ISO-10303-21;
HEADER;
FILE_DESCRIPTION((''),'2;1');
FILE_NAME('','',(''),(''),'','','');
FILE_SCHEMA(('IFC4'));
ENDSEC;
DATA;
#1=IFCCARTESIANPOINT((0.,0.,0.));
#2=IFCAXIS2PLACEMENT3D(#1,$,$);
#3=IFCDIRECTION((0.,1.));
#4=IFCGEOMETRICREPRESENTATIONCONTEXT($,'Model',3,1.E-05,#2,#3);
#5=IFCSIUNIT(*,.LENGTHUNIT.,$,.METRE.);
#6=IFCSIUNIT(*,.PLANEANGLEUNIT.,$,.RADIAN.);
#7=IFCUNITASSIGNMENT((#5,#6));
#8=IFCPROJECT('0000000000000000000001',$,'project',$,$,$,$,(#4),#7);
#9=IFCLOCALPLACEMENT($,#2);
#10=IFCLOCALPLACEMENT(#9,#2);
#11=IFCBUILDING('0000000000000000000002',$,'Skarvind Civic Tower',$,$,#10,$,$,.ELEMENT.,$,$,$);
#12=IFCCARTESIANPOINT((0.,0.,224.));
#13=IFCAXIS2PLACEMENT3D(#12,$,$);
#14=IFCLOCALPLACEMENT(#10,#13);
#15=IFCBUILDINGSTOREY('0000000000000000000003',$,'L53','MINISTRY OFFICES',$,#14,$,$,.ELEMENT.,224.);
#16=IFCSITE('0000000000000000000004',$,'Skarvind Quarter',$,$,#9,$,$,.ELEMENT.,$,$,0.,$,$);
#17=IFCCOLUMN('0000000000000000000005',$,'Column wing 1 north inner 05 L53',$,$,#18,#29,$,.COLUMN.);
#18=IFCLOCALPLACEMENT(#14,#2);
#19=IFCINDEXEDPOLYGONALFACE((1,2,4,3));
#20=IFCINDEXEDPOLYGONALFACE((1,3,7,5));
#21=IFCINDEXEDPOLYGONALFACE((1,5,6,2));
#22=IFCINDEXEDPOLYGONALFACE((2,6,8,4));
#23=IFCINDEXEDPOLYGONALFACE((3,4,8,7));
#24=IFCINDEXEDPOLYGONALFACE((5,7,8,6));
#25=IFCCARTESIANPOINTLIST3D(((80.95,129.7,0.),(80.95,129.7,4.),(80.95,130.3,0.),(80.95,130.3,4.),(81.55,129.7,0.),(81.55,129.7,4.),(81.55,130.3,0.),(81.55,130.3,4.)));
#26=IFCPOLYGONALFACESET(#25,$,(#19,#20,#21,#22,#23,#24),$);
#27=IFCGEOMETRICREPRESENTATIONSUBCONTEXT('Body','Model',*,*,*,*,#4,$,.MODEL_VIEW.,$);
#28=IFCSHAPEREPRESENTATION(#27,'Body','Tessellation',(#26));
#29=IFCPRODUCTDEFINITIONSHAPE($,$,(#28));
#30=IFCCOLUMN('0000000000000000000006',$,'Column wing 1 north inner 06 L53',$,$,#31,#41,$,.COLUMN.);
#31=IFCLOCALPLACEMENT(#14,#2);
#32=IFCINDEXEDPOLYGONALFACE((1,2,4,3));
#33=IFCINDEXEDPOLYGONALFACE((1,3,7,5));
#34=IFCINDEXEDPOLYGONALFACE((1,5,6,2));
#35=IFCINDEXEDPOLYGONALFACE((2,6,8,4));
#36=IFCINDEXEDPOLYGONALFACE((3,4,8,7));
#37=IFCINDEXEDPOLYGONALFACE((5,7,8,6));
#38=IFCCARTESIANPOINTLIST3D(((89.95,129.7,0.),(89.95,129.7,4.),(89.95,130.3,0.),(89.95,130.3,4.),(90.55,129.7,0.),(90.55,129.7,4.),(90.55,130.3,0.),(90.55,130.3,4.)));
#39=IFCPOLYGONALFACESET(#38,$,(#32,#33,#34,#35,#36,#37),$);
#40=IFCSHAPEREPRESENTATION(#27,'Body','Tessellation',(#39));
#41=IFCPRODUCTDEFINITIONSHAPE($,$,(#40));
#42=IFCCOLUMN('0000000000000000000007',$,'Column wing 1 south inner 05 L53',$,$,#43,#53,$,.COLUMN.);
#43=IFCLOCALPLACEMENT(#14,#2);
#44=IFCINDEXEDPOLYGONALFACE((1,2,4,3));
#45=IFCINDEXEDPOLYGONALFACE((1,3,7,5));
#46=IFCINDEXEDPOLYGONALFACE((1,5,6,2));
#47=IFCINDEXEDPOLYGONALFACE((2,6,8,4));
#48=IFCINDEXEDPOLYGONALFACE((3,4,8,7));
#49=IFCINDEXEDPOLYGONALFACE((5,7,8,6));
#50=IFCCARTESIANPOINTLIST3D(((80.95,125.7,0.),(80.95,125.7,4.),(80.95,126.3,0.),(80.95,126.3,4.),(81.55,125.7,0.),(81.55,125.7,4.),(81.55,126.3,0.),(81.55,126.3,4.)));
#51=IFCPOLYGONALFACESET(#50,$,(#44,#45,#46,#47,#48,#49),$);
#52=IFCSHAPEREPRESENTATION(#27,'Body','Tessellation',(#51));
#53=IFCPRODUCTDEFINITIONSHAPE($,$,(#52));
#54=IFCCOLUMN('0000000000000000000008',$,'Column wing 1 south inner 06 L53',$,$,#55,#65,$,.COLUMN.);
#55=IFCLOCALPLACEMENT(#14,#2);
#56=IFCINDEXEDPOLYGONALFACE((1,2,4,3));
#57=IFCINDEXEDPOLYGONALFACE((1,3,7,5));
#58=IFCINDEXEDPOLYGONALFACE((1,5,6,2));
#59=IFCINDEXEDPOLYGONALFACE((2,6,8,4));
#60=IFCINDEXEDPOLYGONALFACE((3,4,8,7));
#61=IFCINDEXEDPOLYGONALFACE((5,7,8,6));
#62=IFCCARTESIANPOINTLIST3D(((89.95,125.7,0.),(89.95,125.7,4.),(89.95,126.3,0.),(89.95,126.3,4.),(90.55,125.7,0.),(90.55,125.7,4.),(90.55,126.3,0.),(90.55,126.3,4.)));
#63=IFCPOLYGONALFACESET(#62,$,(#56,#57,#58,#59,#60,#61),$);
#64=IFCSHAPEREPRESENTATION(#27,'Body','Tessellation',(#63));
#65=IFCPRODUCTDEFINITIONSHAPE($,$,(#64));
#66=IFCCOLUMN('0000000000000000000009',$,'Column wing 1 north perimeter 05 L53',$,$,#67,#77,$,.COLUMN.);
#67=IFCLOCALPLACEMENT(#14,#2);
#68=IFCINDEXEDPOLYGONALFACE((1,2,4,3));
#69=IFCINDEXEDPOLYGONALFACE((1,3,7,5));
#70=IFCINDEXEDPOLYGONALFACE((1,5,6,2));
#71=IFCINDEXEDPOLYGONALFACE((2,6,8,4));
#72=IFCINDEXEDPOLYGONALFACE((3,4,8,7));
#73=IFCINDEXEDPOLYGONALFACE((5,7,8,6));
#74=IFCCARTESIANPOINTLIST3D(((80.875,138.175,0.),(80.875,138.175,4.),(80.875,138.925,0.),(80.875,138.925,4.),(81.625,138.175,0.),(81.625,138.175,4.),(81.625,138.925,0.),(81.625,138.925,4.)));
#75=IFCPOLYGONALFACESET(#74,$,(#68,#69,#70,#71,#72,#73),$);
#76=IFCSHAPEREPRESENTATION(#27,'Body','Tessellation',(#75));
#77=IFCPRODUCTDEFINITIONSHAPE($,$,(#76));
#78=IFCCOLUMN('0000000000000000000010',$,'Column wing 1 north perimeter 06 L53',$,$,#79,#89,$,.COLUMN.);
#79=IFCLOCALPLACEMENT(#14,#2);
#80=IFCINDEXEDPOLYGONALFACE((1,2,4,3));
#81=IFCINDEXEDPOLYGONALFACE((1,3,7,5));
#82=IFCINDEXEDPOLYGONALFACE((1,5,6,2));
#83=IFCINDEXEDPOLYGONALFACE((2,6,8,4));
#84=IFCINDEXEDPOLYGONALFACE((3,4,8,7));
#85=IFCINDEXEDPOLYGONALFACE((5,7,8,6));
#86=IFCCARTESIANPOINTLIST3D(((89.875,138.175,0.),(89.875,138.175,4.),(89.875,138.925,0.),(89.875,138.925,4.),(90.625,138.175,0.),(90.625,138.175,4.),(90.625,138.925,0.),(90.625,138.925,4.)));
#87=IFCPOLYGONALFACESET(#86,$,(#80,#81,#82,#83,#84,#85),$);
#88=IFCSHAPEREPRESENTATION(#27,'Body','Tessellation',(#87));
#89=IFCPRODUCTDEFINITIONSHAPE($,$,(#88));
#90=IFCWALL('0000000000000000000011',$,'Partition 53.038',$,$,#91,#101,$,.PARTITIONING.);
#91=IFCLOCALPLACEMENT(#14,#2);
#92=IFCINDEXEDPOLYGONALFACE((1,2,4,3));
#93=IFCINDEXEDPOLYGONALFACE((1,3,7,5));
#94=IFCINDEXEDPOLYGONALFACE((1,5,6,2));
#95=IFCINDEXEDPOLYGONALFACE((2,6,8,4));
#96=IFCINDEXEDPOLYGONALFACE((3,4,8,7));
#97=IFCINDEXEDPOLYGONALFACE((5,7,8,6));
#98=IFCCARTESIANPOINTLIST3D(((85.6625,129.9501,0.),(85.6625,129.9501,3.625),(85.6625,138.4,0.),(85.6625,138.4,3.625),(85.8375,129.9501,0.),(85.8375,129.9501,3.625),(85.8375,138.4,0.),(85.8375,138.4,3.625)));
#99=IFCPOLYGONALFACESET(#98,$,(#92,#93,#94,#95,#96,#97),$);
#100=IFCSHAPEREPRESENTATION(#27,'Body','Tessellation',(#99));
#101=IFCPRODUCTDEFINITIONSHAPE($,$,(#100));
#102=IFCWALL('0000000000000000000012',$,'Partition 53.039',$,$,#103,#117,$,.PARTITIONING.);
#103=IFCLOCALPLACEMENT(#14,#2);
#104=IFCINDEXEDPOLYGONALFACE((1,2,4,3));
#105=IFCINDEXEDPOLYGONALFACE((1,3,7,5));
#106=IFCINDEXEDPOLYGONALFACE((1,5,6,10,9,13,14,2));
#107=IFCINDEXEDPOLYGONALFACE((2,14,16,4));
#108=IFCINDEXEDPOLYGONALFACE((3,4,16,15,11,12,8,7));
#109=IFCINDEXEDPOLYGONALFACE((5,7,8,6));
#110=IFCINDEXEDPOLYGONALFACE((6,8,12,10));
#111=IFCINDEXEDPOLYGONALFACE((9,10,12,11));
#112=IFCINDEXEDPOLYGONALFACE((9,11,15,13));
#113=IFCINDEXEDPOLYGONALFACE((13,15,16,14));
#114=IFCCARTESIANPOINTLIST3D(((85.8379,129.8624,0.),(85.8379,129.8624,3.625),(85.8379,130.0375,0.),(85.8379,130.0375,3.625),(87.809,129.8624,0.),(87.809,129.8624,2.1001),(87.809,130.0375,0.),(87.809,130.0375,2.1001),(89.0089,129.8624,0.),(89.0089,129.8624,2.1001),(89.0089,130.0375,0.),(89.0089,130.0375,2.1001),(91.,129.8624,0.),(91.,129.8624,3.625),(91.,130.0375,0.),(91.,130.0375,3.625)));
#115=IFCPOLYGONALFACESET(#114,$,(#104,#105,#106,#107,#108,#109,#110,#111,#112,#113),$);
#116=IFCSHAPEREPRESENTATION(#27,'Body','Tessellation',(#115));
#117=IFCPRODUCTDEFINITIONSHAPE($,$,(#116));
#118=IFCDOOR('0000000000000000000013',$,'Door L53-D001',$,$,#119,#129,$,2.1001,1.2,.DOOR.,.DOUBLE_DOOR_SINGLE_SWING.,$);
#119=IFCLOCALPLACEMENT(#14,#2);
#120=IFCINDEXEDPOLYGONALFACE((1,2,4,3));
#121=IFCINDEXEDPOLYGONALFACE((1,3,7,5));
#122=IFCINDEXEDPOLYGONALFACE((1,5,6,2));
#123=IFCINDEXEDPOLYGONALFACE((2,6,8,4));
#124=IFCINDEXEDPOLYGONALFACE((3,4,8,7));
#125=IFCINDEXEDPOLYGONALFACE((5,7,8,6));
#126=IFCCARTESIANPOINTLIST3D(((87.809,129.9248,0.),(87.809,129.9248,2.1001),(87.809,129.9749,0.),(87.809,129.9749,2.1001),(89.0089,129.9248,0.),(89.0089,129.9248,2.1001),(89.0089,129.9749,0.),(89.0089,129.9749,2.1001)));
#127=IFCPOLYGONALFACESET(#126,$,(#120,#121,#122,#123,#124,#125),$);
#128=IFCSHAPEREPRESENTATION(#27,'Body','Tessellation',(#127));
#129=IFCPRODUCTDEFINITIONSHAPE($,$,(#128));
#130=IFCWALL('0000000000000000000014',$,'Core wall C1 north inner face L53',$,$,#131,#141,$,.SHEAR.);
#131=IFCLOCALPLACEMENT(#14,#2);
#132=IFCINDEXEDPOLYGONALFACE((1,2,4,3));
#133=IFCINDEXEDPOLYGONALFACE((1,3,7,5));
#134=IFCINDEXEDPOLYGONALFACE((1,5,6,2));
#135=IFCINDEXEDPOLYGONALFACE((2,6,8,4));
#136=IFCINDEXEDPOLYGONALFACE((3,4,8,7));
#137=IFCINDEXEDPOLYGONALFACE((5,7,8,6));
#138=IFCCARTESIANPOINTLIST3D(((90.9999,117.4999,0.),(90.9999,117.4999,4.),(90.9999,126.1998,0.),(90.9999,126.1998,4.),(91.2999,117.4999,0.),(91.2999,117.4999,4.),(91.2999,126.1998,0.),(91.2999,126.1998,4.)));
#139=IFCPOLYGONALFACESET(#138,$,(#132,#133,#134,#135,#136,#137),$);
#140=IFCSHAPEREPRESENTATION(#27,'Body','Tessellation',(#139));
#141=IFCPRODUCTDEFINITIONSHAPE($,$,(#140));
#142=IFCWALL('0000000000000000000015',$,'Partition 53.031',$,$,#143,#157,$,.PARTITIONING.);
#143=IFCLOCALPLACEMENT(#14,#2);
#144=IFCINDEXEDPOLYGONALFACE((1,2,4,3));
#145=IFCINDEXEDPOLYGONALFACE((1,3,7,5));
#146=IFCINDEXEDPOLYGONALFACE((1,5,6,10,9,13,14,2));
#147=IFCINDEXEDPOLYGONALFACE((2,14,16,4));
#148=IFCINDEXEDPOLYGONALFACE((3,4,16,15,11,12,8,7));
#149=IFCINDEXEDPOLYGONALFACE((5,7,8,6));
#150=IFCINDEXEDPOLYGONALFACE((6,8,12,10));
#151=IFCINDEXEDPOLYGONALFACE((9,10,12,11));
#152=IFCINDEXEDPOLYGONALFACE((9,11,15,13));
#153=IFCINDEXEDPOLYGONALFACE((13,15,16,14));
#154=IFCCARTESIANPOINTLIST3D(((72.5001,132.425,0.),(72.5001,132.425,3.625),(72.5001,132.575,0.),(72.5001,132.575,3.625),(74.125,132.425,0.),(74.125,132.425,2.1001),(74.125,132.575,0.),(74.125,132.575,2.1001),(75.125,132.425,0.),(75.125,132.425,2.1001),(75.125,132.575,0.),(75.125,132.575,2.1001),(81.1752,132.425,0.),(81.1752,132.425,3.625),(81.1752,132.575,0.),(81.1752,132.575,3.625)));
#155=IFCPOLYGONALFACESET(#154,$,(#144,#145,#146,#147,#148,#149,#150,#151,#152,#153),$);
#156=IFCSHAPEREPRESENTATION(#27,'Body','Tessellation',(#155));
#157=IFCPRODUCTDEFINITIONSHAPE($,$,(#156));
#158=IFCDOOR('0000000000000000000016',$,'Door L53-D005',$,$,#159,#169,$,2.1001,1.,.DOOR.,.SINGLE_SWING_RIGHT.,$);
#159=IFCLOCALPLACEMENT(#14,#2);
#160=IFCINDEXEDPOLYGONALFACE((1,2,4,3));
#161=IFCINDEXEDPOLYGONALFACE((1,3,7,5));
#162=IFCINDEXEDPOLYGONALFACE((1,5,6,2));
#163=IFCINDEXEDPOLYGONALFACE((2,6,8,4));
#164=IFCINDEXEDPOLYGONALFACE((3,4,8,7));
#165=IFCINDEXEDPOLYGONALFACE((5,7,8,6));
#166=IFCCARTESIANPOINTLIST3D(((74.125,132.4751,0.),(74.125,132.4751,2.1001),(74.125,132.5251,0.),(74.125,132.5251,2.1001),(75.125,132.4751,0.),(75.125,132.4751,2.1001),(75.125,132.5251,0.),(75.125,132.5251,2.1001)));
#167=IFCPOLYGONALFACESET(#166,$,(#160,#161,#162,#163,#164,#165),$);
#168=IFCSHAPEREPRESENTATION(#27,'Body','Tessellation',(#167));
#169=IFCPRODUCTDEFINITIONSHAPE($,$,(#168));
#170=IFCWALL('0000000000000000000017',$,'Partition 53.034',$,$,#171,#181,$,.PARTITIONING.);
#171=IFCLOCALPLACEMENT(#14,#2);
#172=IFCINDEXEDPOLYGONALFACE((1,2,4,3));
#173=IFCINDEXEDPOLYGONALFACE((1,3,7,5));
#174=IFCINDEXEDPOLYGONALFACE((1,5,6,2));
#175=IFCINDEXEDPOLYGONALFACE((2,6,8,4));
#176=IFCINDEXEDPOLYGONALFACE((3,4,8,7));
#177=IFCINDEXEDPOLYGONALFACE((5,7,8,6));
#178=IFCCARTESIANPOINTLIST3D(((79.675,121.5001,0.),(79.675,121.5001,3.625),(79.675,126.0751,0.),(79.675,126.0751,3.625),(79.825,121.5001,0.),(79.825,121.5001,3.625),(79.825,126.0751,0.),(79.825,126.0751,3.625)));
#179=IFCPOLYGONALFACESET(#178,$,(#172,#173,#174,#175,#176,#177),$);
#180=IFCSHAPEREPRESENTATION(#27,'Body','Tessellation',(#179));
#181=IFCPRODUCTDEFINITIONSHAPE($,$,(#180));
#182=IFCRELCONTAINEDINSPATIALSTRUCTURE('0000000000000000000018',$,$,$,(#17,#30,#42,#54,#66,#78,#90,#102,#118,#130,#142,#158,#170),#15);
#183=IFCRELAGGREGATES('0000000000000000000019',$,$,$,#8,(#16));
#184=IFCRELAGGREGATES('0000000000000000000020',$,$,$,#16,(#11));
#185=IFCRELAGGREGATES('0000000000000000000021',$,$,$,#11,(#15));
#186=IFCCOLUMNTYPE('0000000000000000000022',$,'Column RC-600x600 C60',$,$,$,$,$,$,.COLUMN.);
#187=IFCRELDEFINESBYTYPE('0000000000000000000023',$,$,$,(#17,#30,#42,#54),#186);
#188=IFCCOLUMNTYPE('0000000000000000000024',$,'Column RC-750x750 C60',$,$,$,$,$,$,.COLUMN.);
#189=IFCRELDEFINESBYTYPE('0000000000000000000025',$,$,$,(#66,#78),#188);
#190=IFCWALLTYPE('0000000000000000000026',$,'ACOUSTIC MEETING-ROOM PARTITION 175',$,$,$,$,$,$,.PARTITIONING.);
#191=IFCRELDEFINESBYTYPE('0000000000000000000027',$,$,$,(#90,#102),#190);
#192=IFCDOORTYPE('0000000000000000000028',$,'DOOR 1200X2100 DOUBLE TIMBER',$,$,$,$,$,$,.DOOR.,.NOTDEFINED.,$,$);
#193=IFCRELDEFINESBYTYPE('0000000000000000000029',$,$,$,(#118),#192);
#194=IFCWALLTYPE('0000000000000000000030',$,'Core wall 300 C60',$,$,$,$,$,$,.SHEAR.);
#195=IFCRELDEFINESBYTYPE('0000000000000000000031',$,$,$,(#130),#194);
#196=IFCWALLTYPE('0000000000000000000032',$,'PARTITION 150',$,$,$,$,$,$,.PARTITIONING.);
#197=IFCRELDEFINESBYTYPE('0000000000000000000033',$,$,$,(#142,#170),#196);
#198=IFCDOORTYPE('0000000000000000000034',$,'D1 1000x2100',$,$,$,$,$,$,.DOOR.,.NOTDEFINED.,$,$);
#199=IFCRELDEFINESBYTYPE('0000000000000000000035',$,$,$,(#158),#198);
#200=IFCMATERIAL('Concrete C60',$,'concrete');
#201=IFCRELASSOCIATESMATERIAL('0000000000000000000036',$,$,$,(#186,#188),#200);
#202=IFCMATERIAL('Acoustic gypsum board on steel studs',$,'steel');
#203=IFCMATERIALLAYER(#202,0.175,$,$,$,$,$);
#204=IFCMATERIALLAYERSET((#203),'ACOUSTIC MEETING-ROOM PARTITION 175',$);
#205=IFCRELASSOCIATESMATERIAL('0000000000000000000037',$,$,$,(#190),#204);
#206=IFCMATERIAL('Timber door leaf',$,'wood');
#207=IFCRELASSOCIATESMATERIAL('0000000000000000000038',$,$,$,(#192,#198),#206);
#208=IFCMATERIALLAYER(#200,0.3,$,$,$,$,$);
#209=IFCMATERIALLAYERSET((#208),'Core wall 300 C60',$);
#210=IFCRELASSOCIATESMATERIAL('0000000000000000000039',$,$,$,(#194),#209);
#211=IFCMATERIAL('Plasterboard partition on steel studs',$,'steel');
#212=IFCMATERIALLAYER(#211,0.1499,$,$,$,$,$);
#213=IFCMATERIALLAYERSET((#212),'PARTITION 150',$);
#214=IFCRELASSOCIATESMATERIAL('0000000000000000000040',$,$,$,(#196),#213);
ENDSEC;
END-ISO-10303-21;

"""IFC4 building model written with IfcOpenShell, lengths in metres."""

from ifc_helpers import new_model, si_unit, direction, frame, frame_2d, origin, origin_2d, place, context, subcontext, project, spatial, rectangle, extrude, material, layer, layer_set, material_profile, profile_set, type_object, element, fill, save


model = new_model("IFC4")

# Units and contexts
model_context = context("Model", 3, precision=1e-05, world=origin(), true_north=direction((0.0, 1.0)))
body_context = subcontext(model_context, "Body", "Model", "MODEL_VIEW")
ifc_project = project(units=[si_unit("LENGTHUNIT", "METRE"), si_unit("PLANEANGLEUNIT", "RADIAN")], contexts=[model_context])

# Site, building, storey
site_placement = place(None, origin())
site = spatial("IfcSite", under=ifc_project, at=site_placement, Name="Skarvind Quarter", CompositionType="ELEMENT", RefElevation=0.0)
building_placement = place(site_placement, origin())
building = spatial("IfcBuilding", under=site, at=building_placement, Name="Skarvind Civic Tower", CompositionType="ELEMENT")
storey_placement = place(building_placement, frame((0.0, 0.0, 224.0)))
storey = spatial("IfcBuildingStorey", under=building, at=storey_placement, Name="L53", Description="MINISTRY OFFICES", CompositionType="ELEMENT", Elevation=224.0)

# Columns
ifc_material_1 = material(Name="Concrete C60", Category="concrete")
ifc_material_profile_1 = material_profile(ifc_material_1, rectangle(XDim=0.6001, YDim=0.6001, at=origin_2d()), Name="RC-600x600")
ifc_profile_set_1 = profile_set([ifc_material_profile_1], Name="Concrete C60")
column_type_1 = type_object("IfcColumnType", Name="Column RC-600x600 C60", PredefinedType="COLUMN", material=ifc_profile_set_1)
for number, where, z_axis, x_axis, name in (
    (1, (81.25, 130.0, 0.0), (0.0, 0.0, 1.0), (1.0, 0.0, 0.0), "Column wing 1 north inner 05 L53"),
    (2, (90.25, 130.0, 0.0), (0.0, 0.0, 1.0), (1.0, 0.0, 0.0), "Column wing 1 north inner 06 L53"),
    (3, (81.25, 126.0, 0.0), (0.0, 0.0, 1.0), (1.0, 0.0, 0.0), "Column wing 1 south inner 05 L53"),
    (4, (90.25, 126.0, 0.0), (0.0, 0.0, 1.0), (1.0, 0.0, 0.0), "Column wing 1 south inner 06 L53"),
):
    element("IfcColumn", number, at=place(storey_placement, frame(where, z_axis=z_axis, x_axis=x_axis)), inside=storey, type_object=column_type_1, Name=name, PredefinedType="COLUMN", context=body_context, shape_type="SweptSolid", body=[
        extrude(rectangle(XDim=0.6001, YDim=0.6001, at=origin_2d()), origin(), (0.0, 0.0, 1.0), 4.0),
    ])
ifc_material_profile_2 = material_profile(ifc_material_1, rectangle(XDim=0.75, YDim=0.75, at=origin_2d()), Name="RC-750x750")
ifc_profile_set_2 = profile_set([ifc_material_profile_2], Name="Concrete C60")
column_type_2 = type_object("IfcColumnType", Name="Column RC-750x750 C60", PredefinedType="COLUMN", material=ifc_profile_set_2)
for number, where, z_axis, x_axis, name in (
    (5, (81.25, 138.55, 0.0), (0.0, 0.0, 1.0), (1.0, 0.0, 0.0), "Column wing 1 north perimeter 05 L53"),
    (6, (90.25, 138.55, 0.0), (0.0, 0.0, 1.0), (1.0, 0.0, 0.0), "Column wing 1 north perimeter 06 L53"),
):
    element("IfcColumn", number, at=place(storey_placement, frame(where, z_axis=z_axis, x_axis=x_axis)), inside=storey, type_object=column_type_2, Name=name, PredefinedType="COLUMN", context=body_context, shape_type="SweptSolid", body=[
        extrude(rectangle(XDim=0.75, YDim=0.75, at=origin_2d()), origin(), (0.0, 0.0, 1.0), 4.0),
    ])

# Wall
ifc_material_2 = material(Name="Acoustic gypsum board on steel studs", Category="steel")
ifc_layer_1 = layer(ifc_material_2, 0.175)
ifc_layer_set_1 = layer_set([ifc_layer_1], Name="ACOUSTIC MEETING-ROOM PARTITION 175")
wall_type_1 = type_object("IfcWallType", Name="ACOUSTIC MEETING-ROOM PARTITION 175", PredefinedType="PARTITIONING", material=ifc_layer_set_1)
wall_1_placement = place(storey_placement, frame((85.75, 129.95, 0.0), z_axis=(0.0, 0.0, 1.0), x_axis=(0.0, 1.0, 0.0)))
element("IfcWall", 7, at=wall_1_placement, inside=storey, type_object=wall_type_1, Name="Partition 53.038", PredefinedType="PARTITIONING", context=body_context, shape_type="SweptSolid", body=[
    extrude(rectangle(XDim=8.45, YDim=0.175, at=frame_2d((4.2251, 0.0))), origin(), (0.0, 0.0, 1.0), 3.625),
])

# Wall, opening, door
wall_2_placement = place(storey_placement, frame((85.8379, 129.95, 0.0), z_axis=(0.0, 0.0, 1.0), x_axis=(1.0, 0.0, 0.0)))
wall_2 = element("IfcWall", 8, at=wall_2_placement, inside=storey, type_object=wall_type_1, Name="Partition 53.039", PredefinedType="PARTITIONING", context=body_context, shape_type="SweptSolid", body=[
    extrude(rectangle(XDim=5.1621, YDim=0.175, at=frame_2d((2.5811, 0.0))), origin(), (0.0, 0.0, 1.0), 3.625),
])
opening_1_placement = place(wall_2_placement, frame((1.9709, 0.0, 0.0)))
opening_1 = element("IfcOpeningElement", 9, at=opening_1_placement, cuts=wall_2, PredefinedType="OPENING", context=body_context, shape_type="SweptSolid", body=[
    extrude(rectangle(XDim=1.2, YDim=2.1001, at=frame_2d((0.6001, 1.05))), frame((0.0, 0.0974, 0.0), z_axis=(0.0, -1.0, 0.0), x_axis=(1.0, 0.0, 0.0)), (0.0, 0.0, 1.0), 0.1951),
])
ifc_material_3 = material(Name="Timber door leaf", Category="wood")
door_type_1 = type_object("IfcDoorType", Name="DOOR 1200X2100 DOUBLE TIMBER", OperationType="NOTDEFINED", PredefinedType="DOOR", material=ifc_material_3)
door_1_placement = place(opening_1_placement, origin())
door_1 = element("IfcDoor", 10, at=door_1_placement, inside=storey, type_object=door_type_1, Name="Door L53-D001", OperationType="DOUBLE_DOOR_SINGLE_SWING", OverallHeight=2.1001, OverallWidth=1.2, PredefinedType="DOOR", context=body_context, shape_type="SweptSolid", body=[
    extrude(rectangle(XDim=1.2, YDim=2.1001, at=frame_2d((0.6001, 1.05))), frame((0.0, 0.0249, 0.0), z_axis=(0.0, -1.0, 0.0), x_axis=(1.0, 0.0, 0.0)), (0.0, 0.0, 1.0), 0.05),
])
fill(opening_1, door_1)

# Wall
ifc_layer_2 = layer(ifc_material_1, 0.3)
ifc_layer_set_2 = layer_set([ifc_layer_2], Name="Core wall 300 C60")
wall_type_2 = type_object("IfcWallType", Name="Core wall 300 C60", PredefinedType="SHEAR", material=ifc_layer_set_2)
wall_3_placement = place(storey_placement, frame((91.1499, 126.2, 0.0), z_axis=(0.0, 0.0, 1.0), x_axis=(0.0, -1.0, 0.0)))
element("IfcWall", 11, at=wall_3_placement, inside=storey, type_object=wall_type_2, Name="Core wall C1 north inner face L53", PredefinedType="SHEAR", context=body_context, shape_type="SweptSolid", body=[
    extrude(rectangle(XDim=8.7, YDim=0.3, at=frame_2d((4.3501, 0.0))), origin(), (0.0, 0.0, 1.0), 4.0),
])

# Wall, opening, door
ifc_material_4 = material(Name="Plasterboard partition on steel studs", Category="steel")
ifc_layer_3 = layer(ifc_material_4, 0.1499)
ifc_layer_set_3 = layer_set([ifc_layer_3], Name="PARTITION 150")
wall_type_3 = type_object("IfcWallType", Name="PARTITION 150", PredefinedType="PARTITIONING", material=ifc_layer_set_3)
wall_4_placement = place(storey_placement, frame((81.175, 132.5, 0.0), z_axis=(0.0, 0.0, 1.0), x_axis=(-1.0, 0.0, 0.0)))
wall_4 = element("IfcWall", 12, at=wall_4_placement, inside=storey, type_object=wall_type_3, Name="Partition 53.031", PredefinedType="PARTITIONING", context=body_context, shape_type="SweptSolid", body=[
    extrude(rectangle(XDim=8.675, YDim=0.1499, at=frame_2d((4.3374, 0.0))), origin(), (0.0, 0.0, 1.0), 3.625),
])
opening_2_placement = place(wall_4_placement, frame((6.05, 0.0, 0.0)))
opening_2 = element("IfcOpeningElement", 13, at=opening_2_placement, cuts=wall_4, PredefinedType="OPENING", context=body_context, shape_type="SweptSolid", body=[
    extrude(rectangle(XDim=1.0, YDim=2.1001, at=frame_2d((0.5, 1.05))), frame((0.0, 0.085, 0.0), z_axis=(0.0, -1.0, 0.0), x_axis=(1.0, 0.0, 0.0)), (0.0, 0.0, 1.0), 0.1699),
])
door_type_2 = type_object("IfcDoorType", Name="D1 1000x2100", OperationType="NOTDEFINED", PredefinedType="DOOR", material=ifc_material_3)
door_2_placement = place(opening_2_placement, origin())
door_2 = element("IfcDoor", 14, at=door_2_placement, inside=storey, type_object=door_type_2, Name="Door L53-D005", OperationType="SINGLE_SWING_RIGHT", OverallHeight=2.1001, OverallWidth=1.0, PredefinedType="DOOR", context=body_context, shape_type="SweptSolid", body=[
    extrude(rectangle(XDim=1.0, YDim=2.1001, at=frame_2d((0.5, 1.05))), frame((0.0, 0.0249, 0.0), z_axis=(0.0, -1.0, 0.0), x_axis=(1.0, 0.0, 0.0)), (0.0, 0.0, 1.0), 0.05),
])
fill(opening_2, door_2)

# Wall
wall_5_placement = place(storey_placement, frame((79.75, 121.5, 0.0), z_axis=(0.0, 0.0, 1.0), x_axis=(0.0, 1.0, 0.0)))
element("IfcWall", 15, at=wall_5_placement, inside=storey, type_object=wall_type_3, Name="Partition 53.034", PredefinedType="PARTITIONING", context=body_context, shape_type="SweptSolid", body=[
    extrude(rectangle(XDim=4.575, YDim=0.1499, at=frame_2d((2.2876, 0.0))), origin(), (0.0, 0.0, 1.0), 3.625),
])

save(model, "model.ifc")
